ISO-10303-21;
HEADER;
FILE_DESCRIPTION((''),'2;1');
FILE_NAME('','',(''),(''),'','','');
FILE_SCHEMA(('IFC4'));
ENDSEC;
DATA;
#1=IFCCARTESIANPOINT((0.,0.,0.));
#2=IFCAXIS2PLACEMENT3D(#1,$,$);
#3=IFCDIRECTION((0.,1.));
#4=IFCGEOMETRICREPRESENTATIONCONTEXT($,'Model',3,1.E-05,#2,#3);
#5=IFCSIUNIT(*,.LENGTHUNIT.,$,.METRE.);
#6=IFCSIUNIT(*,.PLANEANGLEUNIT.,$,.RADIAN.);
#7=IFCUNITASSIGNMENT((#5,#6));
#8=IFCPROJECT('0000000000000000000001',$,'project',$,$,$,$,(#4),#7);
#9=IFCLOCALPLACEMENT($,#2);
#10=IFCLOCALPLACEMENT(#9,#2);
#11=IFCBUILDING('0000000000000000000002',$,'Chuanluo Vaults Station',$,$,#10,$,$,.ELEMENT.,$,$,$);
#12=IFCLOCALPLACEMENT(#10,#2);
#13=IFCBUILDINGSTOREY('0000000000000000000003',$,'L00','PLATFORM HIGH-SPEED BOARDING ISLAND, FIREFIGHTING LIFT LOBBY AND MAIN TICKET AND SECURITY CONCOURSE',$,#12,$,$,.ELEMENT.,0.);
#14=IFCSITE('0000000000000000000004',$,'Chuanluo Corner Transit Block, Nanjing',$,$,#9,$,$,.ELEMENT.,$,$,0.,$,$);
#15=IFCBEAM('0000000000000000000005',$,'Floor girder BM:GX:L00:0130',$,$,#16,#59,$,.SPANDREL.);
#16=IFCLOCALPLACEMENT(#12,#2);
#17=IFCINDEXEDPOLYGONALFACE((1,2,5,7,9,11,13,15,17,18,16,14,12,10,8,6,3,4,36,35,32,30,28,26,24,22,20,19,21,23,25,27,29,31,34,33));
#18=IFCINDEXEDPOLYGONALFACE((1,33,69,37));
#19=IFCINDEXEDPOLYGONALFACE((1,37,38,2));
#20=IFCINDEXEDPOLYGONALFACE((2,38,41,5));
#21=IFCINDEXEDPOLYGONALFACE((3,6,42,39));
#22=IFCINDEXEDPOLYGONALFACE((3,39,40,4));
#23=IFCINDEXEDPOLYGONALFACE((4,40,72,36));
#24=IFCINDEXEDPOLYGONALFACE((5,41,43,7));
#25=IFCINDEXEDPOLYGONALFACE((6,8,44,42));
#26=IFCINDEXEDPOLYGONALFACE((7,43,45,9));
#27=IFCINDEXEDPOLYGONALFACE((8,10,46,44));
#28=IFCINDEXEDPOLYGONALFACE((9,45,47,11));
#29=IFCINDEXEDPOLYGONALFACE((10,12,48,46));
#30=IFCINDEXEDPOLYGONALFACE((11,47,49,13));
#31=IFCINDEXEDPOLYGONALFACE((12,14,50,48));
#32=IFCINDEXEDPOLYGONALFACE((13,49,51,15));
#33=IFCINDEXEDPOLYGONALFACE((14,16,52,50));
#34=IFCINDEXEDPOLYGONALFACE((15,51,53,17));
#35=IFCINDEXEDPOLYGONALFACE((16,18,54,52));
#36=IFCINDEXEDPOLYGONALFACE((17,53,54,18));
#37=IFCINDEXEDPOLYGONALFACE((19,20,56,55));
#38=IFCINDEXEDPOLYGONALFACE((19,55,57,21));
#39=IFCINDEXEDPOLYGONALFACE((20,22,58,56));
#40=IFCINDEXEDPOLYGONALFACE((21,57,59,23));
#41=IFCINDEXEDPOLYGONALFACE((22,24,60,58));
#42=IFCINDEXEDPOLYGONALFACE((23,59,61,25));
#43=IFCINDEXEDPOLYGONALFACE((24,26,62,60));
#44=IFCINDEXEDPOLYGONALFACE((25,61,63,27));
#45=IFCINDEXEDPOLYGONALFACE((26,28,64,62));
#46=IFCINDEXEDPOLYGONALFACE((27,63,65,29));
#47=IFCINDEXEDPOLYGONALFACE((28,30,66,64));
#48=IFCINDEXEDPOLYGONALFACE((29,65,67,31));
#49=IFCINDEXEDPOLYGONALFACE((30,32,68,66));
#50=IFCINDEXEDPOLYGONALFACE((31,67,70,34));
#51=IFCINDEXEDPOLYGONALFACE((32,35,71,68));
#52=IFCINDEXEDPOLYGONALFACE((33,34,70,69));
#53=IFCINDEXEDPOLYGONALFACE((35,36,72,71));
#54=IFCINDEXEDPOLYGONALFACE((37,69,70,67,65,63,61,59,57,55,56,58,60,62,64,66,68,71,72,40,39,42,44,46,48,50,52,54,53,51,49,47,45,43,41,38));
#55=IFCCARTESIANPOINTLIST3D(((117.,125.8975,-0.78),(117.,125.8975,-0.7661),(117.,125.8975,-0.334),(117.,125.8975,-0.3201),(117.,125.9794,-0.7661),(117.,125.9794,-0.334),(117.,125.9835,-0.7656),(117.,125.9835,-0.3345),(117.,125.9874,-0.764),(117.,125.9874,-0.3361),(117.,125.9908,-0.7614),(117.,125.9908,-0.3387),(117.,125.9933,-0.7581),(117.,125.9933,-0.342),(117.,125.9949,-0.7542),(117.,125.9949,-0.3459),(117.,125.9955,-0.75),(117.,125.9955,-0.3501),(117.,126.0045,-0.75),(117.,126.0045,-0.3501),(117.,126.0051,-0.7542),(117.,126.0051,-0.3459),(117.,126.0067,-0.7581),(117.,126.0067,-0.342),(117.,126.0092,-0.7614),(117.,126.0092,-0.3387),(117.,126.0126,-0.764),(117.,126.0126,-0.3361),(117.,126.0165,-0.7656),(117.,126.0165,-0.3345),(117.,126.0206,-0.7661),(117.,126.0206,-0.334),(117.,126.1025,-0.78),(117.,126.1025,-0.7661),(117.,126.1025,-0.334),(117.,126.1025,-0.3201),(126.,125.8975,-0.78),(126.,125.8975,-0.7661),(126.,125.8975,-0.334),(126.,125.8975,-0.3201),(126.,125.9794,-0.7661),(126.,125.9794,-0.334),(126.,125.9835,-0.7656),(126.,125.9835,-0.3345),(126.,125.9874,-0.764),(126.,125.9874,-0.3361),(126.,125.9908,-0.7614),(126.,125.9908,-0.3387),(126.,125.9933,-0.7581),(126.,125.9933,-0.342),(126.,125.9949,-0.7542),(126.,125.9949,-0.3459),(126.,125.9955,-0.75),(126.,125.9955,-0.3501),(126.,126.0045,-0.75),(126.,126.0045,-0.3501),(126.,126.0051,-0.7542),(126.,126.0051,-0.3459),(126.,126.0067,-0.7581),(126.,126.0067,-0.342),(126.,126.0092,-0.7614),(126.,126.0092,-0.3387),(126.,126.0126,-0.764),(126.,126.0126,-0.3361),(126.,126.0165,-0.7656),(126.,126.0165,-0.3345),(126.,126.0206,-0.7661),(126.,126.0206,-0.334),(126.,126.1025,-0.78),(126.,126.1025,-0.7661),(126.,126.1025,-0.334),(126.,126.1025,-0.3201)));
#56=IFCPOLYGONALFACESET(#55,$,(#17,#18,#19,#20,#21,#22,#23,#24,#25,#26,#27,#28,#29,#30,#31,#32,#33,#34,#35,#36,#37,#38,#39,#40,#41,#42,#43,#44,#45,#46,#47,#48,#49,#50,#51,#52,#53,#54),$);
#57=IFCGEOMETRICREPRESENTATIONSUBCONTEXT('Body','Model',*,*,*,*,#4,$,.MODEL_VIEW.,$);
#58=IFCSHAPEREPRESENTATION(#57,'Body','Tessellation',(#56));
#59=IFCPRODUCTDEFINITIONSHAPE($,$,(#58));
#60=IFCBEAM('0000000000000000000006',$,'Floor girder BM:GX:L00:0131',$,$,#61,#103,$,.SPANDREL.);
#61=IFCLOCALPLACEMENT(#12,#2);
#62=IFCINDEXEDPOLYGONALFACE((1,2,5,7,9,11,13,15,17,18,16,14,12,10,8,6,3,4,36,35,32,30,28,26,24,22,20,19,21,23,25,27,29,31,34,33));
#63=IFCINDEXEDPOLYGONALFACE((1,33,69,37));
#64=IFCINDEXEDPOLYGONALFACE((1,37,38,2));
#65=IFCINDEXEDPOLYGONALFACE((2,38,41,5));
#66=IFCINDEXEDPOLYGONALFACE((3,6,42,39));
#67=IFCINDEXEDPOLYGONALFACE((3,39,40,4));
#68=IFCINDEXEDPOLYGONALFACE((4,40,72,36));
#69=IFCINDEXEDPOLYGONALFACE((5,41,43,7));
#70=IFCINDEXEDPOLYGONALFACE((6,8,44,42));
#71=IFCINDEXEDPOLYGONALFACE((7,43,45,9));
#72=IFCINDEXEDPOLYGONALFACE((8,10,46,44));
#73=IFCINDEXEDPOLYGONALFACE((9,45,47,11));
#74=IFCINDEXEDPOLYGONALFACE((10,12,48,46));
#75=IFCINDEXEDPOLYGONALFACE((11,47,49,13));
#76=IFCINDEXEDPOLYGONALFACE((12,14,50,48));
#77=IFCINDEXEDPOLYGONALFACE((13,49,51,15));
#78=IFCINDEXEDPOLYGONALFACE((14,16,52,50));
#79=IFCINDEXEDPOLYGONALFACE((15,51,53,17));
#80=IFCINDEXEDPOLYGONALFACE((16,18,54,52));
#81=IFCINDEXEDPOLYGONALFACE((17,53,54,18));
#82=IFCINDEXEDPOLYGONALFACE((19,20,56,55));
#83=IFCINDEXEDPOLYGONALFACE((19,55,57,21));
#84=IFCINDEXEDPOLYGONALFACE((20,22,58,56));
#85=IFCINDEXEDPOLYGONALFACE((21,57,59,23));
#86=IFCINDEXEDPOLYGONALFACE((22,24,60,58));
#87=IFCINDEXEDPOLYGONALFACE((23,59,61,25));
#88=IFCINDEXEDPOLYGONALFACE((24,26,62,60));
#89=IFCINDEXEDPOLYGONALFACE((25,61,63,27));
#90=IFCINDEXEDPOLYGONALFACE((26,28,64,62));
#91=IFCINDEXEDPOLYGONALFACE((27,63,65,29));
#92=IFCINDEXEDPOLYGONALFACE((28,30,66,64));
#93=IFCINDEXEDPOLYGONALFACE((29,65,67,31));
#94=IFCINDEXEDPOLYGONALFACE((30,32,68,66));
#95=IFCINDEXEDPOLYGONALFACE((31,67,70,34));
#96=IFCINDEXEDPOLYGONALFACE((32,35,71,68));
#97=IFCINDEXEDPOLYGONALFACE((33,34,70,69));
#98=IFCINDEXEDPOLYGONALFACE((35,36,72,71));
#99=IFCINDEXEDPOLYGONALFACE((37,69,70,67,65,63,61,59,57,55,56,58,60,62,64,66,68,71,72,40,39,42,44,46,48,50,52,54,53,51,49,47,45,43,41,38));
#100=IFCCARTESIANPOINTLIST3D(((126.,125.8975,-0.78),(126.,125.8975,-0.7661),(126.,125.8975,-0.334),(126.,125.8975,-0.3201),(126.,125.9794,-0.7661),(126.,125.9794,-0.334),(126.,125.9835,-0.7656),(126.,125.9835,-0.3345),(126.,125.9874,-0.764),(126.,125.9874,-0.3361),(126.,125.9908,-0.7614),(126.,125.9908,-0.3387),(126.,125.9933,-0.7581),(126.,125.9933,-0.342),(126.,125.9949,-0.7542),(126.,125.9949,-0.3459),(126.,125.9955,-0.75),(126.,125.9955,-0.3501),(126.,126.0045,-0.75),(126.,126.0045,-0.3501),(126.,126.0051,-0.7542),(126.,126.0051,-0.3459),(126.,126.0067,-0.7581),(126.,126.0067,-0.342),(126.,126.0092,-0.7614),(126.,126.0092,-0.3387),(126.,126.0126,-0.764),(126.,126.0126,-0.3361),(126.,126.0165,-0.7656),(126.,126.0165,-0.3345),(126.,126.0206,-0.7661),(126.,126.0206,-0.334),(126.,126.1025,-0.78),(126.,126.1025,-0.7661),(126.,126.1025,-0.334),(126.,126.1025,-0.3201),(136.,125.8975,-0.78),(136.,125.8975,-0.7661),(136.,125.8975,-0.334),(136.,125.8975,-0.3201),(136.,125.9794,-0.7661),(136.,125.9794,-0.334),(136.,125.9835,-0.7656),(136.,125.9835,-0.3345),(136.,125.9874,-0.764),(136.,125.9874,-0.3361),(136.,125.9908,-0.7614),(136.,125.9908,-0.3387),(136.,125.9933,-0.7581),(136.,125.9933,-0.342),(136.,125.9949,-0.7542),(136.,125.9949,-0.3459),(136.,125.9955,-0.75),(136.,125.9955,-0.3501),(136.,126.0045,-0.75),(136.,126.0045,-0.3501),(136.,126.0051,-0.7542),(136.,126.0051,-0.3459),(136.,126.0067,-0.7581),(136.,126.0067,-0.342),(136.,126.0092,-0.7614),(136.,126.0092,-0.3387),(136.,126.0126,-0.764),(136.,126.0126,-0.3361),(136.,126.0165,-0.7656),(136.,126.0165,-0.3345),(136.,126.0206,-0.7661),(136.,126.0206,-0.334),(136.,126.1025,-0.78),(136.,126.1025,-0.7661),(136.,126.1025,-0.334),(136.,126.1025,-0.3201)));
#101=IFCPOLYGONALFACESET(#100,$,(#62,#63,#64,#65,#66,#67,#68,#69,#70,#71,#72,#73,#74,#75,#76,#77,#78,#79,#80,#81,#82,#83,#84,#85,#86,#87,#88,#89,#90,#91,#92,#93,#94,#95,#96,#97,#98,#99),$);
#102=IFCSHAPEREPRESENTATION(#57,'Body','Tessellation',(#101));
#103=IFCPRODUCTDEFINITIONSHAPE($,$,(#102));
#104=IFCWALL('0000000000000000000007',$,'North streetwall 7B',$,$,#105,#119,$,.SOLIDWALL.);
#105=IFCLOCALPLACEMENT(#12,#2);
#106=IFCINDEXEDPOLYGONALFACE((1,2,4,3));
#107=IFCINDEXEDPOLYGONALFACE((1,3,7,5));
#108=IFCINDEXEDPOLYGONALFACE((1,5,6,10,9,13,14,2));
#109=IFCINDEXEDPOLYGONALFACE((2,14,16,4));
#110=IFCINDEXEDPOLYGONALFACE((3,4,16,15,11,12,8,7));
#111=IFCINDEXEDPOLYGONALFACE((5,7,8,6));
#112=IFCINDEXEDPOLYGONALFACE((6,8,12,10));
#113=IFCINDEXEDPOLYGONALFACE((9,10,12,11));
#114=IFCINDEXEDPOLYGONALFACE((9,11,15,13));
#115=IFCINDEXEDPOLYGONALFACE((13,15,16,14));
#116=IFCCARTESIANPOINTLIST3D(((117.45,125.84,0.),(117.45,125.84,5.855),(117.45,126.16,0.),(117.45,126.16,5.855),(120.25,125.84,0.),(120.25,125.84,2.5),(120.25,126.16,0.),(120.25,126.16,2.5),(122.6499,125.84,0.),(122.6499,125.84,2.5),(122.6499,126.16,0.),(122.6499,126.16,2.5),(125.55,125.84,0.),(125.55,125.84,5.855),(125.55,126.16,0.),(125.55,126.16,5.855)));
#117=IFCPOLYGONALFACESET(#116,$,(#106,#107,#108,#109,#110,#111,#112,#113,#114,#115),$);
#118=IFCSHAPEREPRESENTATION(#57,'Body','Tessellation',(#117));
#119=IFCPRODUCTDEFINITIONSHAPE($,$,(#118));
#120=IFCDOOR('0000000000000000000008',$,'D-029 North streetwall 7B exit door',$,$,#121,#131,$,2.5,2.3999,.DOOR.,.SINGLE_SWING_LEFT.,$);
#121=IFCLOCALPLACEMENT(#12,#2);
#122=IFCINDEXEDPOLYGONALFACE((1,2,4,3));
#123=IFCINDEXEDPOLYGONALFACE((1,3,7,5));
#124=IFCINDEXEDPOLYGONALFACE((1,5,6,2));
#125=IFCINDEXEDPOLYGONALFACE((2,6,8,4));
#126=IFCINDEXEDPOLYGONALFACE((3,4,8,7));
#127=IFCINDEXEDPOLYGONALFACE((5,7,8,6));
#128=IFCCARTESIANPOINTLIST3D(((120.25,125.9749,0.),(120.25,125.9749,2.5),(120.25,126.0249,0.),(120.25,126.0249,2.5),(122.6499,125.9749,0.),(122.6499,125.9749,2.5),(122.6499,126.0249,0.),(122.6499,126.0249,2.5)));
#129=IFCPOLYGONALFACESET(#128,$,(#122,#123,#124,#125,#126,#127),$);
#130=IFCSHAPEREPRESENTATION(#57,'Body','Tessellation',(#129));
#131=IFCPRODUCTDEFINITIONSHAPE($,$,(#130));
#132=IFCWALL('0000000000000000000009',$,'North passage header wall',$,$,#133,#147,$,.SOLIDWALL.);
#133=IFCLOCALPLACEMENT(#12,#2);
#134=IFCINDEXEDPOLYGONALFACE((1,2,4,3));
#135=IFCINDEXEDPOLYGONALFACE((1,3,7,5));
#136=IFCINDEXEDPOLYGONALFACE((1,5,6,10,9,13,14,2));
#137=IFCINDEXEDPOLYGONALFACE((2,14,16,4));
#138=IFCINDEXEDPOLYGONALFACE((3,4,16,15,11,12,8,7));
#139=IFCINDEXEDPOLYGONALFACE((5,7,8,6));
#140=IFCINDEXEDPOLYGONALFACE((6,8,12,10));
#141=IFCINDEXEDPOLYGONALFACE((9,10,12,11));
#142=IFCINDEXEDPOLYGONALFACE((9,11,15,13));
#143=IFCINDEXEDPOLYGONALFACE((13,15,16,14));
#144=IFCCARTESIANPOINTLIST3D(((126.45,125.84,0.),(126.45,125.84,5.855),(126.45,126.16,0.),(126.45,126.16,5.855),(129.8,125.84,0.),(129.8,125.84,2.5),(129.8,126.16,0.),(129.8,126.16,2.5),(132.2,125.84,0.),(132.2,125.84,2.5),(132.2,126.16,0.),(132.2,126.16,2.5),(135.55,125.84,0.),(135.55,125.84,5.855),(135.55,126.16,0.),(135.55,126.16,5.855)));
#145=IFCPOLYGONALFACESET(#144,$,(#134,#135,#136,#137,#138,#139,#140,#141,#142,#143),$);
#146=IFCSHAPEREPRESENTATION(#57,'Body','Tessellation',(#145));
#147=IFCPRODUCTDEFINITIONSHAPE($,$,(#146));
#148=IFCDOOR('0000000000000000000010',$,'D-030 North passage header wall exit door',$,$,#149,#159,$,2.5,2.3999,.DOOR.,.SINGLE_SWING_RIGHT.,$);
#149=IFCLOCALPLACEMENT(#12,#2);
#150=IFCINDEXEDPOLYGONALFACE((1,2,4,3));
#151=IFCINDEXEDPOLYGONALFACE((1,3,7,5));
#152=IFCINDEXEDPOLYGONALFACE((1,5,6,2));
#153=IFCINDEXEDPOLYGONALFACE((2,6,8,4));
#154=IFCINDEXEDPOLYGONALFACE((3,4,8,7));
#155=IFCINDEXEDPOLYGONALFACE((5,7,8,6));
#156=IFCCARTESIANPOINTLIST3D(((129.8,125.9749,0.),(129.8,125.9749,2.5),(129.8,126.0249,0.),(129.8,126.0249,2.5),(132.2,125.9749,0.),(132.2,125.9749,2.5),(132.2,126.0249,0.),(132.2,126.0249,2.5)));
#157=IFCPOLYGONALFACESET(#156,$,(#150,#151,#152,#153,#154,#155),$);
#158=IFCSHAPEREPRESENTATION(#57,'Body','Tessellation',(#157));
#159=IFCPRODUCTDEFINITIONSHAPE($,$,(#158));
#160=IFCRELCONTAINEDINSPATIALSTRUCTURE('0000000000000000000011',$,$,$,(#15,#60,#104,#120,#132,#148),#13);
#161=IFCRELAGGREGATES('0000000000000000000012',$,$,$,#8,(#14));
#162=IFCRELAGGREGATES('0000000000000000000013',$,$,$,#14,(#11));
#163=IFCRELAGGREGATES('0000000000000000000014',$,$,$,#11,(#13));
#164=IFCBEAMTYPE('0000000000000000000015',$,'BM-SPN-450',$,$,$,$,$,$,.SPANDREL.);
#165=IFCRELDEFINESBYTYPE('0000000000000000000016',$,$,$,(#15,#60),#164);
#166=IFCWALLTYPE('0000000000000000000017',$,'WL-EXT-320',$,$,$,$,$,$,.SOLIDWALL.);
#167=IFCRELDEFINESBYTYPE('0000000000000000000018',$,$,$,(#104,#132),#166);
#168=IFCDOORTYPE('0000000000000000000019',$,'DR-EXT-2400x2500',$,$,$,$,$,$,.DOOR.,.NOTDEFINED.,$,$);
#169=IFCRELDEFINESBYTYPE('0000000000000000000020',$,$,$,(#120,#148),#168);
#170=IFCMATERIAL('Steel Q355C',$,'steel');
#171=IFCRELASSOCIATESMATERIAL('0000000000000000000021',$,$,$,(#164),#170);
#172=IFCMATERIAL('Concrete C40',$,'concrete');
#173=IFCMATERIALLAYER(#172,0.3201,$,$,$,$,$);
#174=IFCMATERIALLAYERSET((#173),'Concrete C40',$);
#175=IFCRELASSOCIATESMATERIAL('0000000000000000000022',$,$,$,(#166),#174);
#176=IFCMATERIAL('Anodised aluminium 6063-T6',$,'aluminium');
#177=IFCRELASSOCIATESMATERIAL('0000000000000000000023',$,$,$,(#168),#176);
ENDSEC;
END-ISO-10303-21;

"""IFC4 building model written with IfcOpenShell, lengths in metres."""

from ifc_helpers import new_model, si_unit, direction, frame, frame_2d, origin, origin_2d, place, context, subcontext, project, spatial, rectangle, i_section, extrude, material, layer, layer_set, material_profile, profile_set, type_object, element, fill, save


model = new_model("IFC4")

# Units and contexts
model_context = context("Model", 3, precision=1e-05, world=origin(), true_north=direction((0.0, 1.0)))
body_context = subcontext(model_context, "Body", "Model", "MODEL_VIEW")
ifc_project = project(units=[si_unit("LENGTHUNIT", "METRE"), si_unit("PLANEANGLEUNIT", "RADIAN")], contexts=[model_context])

# Site, building, storey
site_placement = place(None, origin())
site = spatial("IfcSite", under=ifc_project, at=site_placement, Name="Chuanluo Corner Transit Block, Nanjing", CompositionType="ELEMENT", RefElevation=0.0)
building_placement = place(site_placement, origin())
building = spatial("IfcBuilding", under=site, at=building_placement, Name="Chuanluo Vaults Station", CompositionType="ELEMENT")
storey_placement = place(building_placement, origin())
storey = spatial("IfcBuildingStorey", under=building, at=storey_placement, Name="L00", Description="PLATFORM HIGH-SPEED BOARDING ISLAND, FIREFIGHTING LIFT LOBBY AND MAIN TICKET AND SECURITY CONCOURSE", CompositionType="ELEMENT", Elevation=0.0)

# Beams
ifc_material_1 = material(Name="Steel Q355C", Category="steel")
ifc_material_profile_1 = material_profile(ifc_material_1, i_section(OverallWidth=0.2051, OverallDepth=0.46, WebThickness=0.009, FlangeThickness=0.0139, FilletRadius=0.0161, at=origin_2d()))
ifc_profile_set_1 = profile_set([ifc_material_profile_1], Name="Steel Q355C")
beam_type_1 = type_object("IfcBeamType", Name="BM-SPN-450", PredefinedType="SPANDREL", material=ifc_profile_set_1)
beam_1_placement = place(storey_placement, frame((117.0, 126.0, -0.55), z_axis=(1.0, 0.0, 0.0), x_axis=(0.0, 1.0, 0.0)))
element("IfcBeam", 1, at=beam_1_placement, inside=storey, type_object=beam_type_1, Name="Floor girder BM:GX:L00:0130", PredefinedType="SPANDREL", context=body_context, shape_type="SweptSolid", body=[
    extrude(i_section(OverallWidth=0.2051, OverallDepth=0.46, WebThickness=0.009, FlangeThickness=0.0139, FilletRadius=0.0161, at=origin_2d()), origin(), (0.0, 0.0, 1.0), 9.0),
])
beam_2_placement = place(storey_placement, frame((126.0, 126.0, -0.55), z_axis=(1.0, 0.0, 0.0), x_axis=(0.0, 1.0, 0.0)))
element("IfcBeam", 2, at=beam_2_placement, inside=storey, type_object=beam_type_1, Name="Floor girder BM:GX:L00:0131", PredefinedType="SPANDREL", context=body_context, shape_type="SweptSolid", body=[
    extrude(i_section(OverallWidth=0.2051, OverallDepth=0.46, WebThickness=0.009, FlangeThickness=0.0139, FilletRadius=0.0161, at=origin_2d()), origin(), (0.0, 0.0, 1.0), 10.0),
])

# Walls, openings, doors
ifc_material_2 = material(Name="Concrete C40", Category="concrete")
ifc_layer = layer(ifc_material_2, 0.3201)
ifc_layer_set = layer_set([ifc_layer], Name="Concrete C40")
wall_type = type_object("IfcWallType", Name="WL-EXT-320", PredefinedType="SOLIDWALL", material=ifc_layer_set)
wall_1_placement = place(storey_placement, frame((117.45, 126.0, 0.0), z_axis=(0.0, 0.0, 1.0), x_axis=(1.0, 0.0, 0.0)))
wall_1 = element("IfcWall", 3, at=wall_1_placement, inside=storey, type_object=wall_type, Name="North streetwall 7B", PredefinedType="SOLIDWALL", context=body_context, shape_type="SweptSolid", body=[
    extrude(rectangle(XDim=8.1001, YDim=0.3201, at=frame_2d((4.05, 0.0))), origin(), (0.0, 0.0, 1.0), 5.855),
])
opening_1_placement = place(wall_1_placement, frame((2.8, 0.0, 0.0)))
opening_1 = element("IfcOpeningElement", 4, at=opening_1_placement, cuts=wall_1, PredefinedType="OPENING", context=body_context, shape_type="SweptSolid", body=[
    extrude(rectangle(XDim=2.3999, YDim=2.5, at=frame_2d((1.2, 1.25))), frame((0.0, 0.1702, 0.0), z_axis=(0.0, -1.0, 0.0), x_axis=(1.0, 0.0, 0.0)), (0.0, 0.0, 1.0), 0.3401),
])
ifc_material_3 = material(Name="Anodised aluminium 6063-T6", Category="aluminium")
door_type = type_object("IfcDoorType", Name="DR-EXT-2400x2500", OperationType="NOTDEFINED", PredefinedType="DOOR", material=ifc_material_3)
door_1_placement = place(opening_1_placement, origin())
door_1 = element("IfcDoor", 5, at=door_1_placement, inside=storey, type_object=door_type, Name="D-029 North streetwall 7B exit door", OperationType="SINGLE_SWING_LEFT", OverallHeight=2.5, OverallWidth=2.3999, PredefinedType="DOOR", context=body_context, shape_type="SweptSolid", body=[
    extrude(rectangle(XDim=2.3999, YDim=2.5, at=frame_2d((1.2, 1.25))), frame((0.0, 0.0249, 0.0), z_axis=(0.0, -1.0, 0.0), x_axis=(1.0, 0.0, 0.0)), (0.0, 0.0, 1.0), 0.05),
])
fill(opening_1, door_1)
wall_2_placement = place(storey_placement, frame((126.45, 126.0, 0.0), z_axis=(0.0, 0.0, 1.0), x_axis=(1.0, 0.0, 0.0)))
wall_2 = element("IfcWall", 6, at=wall_2_placement, inside=storey, type_object=wall_type, Name="North passage header wall", PredefinedType="SOLIDWALL", context=body_context, shape_type="SweptSolid", body=[
    extrude(rectangle(XDim=9.1001, YDim=0.3201, at=frame_2d((4.55, 0.0))), origin(), (0.0, 0.0, 1.0), 5.855),
])
opening_2_placement = place(wall_2_placement, frame((3.3501, 0.0, 0.0)))
opening_2 = element("IfcOpeningElement", 7, at=opening_2_placement, cuts=wall_2, PredefinedType="OPENING", context=body_context, shape_type="SweptSolid", body=[
    extrude(rectangle(XDim=2.3999, YDim=2.5, at=frame_2d((1.2, 1.25))), frame((0.0, 0.1702, 0.0), z_axis=(0.0, -1.0, 0.0), x_axis=(1.0, 0.0, 0.0)), (0.0, 0.0, 1.0), 0.3401),
])
door_2_placement = place(opening_2_placement, origin())
door_2 = element("IfcDoor", 8, at=door_2_placement, inside=storey, type_object=door_type, Name="D-030 North passage header wall exit door", OperationType="SINGLE_SWING_RIGHT", OverallHeight=2.5, OverallWidth=2.3999, PredefinedType="DOOR", context=body_context, shape_type="SweptSolid", body=[
    extrude(rectangle(XDim=2.3999, YDim=2.5, at=frame_2d((1.2, 1.25))), frame((0.0, 0.0249, 0.0), z_axis=(0.0, -1.0, 0.0), x_axis=(1.0, 0.0, 0.0)), (0.0, 0.0, 1.0), 0.05),
])
fill(opening_2, door_2)

save(model, "model.ifc")
